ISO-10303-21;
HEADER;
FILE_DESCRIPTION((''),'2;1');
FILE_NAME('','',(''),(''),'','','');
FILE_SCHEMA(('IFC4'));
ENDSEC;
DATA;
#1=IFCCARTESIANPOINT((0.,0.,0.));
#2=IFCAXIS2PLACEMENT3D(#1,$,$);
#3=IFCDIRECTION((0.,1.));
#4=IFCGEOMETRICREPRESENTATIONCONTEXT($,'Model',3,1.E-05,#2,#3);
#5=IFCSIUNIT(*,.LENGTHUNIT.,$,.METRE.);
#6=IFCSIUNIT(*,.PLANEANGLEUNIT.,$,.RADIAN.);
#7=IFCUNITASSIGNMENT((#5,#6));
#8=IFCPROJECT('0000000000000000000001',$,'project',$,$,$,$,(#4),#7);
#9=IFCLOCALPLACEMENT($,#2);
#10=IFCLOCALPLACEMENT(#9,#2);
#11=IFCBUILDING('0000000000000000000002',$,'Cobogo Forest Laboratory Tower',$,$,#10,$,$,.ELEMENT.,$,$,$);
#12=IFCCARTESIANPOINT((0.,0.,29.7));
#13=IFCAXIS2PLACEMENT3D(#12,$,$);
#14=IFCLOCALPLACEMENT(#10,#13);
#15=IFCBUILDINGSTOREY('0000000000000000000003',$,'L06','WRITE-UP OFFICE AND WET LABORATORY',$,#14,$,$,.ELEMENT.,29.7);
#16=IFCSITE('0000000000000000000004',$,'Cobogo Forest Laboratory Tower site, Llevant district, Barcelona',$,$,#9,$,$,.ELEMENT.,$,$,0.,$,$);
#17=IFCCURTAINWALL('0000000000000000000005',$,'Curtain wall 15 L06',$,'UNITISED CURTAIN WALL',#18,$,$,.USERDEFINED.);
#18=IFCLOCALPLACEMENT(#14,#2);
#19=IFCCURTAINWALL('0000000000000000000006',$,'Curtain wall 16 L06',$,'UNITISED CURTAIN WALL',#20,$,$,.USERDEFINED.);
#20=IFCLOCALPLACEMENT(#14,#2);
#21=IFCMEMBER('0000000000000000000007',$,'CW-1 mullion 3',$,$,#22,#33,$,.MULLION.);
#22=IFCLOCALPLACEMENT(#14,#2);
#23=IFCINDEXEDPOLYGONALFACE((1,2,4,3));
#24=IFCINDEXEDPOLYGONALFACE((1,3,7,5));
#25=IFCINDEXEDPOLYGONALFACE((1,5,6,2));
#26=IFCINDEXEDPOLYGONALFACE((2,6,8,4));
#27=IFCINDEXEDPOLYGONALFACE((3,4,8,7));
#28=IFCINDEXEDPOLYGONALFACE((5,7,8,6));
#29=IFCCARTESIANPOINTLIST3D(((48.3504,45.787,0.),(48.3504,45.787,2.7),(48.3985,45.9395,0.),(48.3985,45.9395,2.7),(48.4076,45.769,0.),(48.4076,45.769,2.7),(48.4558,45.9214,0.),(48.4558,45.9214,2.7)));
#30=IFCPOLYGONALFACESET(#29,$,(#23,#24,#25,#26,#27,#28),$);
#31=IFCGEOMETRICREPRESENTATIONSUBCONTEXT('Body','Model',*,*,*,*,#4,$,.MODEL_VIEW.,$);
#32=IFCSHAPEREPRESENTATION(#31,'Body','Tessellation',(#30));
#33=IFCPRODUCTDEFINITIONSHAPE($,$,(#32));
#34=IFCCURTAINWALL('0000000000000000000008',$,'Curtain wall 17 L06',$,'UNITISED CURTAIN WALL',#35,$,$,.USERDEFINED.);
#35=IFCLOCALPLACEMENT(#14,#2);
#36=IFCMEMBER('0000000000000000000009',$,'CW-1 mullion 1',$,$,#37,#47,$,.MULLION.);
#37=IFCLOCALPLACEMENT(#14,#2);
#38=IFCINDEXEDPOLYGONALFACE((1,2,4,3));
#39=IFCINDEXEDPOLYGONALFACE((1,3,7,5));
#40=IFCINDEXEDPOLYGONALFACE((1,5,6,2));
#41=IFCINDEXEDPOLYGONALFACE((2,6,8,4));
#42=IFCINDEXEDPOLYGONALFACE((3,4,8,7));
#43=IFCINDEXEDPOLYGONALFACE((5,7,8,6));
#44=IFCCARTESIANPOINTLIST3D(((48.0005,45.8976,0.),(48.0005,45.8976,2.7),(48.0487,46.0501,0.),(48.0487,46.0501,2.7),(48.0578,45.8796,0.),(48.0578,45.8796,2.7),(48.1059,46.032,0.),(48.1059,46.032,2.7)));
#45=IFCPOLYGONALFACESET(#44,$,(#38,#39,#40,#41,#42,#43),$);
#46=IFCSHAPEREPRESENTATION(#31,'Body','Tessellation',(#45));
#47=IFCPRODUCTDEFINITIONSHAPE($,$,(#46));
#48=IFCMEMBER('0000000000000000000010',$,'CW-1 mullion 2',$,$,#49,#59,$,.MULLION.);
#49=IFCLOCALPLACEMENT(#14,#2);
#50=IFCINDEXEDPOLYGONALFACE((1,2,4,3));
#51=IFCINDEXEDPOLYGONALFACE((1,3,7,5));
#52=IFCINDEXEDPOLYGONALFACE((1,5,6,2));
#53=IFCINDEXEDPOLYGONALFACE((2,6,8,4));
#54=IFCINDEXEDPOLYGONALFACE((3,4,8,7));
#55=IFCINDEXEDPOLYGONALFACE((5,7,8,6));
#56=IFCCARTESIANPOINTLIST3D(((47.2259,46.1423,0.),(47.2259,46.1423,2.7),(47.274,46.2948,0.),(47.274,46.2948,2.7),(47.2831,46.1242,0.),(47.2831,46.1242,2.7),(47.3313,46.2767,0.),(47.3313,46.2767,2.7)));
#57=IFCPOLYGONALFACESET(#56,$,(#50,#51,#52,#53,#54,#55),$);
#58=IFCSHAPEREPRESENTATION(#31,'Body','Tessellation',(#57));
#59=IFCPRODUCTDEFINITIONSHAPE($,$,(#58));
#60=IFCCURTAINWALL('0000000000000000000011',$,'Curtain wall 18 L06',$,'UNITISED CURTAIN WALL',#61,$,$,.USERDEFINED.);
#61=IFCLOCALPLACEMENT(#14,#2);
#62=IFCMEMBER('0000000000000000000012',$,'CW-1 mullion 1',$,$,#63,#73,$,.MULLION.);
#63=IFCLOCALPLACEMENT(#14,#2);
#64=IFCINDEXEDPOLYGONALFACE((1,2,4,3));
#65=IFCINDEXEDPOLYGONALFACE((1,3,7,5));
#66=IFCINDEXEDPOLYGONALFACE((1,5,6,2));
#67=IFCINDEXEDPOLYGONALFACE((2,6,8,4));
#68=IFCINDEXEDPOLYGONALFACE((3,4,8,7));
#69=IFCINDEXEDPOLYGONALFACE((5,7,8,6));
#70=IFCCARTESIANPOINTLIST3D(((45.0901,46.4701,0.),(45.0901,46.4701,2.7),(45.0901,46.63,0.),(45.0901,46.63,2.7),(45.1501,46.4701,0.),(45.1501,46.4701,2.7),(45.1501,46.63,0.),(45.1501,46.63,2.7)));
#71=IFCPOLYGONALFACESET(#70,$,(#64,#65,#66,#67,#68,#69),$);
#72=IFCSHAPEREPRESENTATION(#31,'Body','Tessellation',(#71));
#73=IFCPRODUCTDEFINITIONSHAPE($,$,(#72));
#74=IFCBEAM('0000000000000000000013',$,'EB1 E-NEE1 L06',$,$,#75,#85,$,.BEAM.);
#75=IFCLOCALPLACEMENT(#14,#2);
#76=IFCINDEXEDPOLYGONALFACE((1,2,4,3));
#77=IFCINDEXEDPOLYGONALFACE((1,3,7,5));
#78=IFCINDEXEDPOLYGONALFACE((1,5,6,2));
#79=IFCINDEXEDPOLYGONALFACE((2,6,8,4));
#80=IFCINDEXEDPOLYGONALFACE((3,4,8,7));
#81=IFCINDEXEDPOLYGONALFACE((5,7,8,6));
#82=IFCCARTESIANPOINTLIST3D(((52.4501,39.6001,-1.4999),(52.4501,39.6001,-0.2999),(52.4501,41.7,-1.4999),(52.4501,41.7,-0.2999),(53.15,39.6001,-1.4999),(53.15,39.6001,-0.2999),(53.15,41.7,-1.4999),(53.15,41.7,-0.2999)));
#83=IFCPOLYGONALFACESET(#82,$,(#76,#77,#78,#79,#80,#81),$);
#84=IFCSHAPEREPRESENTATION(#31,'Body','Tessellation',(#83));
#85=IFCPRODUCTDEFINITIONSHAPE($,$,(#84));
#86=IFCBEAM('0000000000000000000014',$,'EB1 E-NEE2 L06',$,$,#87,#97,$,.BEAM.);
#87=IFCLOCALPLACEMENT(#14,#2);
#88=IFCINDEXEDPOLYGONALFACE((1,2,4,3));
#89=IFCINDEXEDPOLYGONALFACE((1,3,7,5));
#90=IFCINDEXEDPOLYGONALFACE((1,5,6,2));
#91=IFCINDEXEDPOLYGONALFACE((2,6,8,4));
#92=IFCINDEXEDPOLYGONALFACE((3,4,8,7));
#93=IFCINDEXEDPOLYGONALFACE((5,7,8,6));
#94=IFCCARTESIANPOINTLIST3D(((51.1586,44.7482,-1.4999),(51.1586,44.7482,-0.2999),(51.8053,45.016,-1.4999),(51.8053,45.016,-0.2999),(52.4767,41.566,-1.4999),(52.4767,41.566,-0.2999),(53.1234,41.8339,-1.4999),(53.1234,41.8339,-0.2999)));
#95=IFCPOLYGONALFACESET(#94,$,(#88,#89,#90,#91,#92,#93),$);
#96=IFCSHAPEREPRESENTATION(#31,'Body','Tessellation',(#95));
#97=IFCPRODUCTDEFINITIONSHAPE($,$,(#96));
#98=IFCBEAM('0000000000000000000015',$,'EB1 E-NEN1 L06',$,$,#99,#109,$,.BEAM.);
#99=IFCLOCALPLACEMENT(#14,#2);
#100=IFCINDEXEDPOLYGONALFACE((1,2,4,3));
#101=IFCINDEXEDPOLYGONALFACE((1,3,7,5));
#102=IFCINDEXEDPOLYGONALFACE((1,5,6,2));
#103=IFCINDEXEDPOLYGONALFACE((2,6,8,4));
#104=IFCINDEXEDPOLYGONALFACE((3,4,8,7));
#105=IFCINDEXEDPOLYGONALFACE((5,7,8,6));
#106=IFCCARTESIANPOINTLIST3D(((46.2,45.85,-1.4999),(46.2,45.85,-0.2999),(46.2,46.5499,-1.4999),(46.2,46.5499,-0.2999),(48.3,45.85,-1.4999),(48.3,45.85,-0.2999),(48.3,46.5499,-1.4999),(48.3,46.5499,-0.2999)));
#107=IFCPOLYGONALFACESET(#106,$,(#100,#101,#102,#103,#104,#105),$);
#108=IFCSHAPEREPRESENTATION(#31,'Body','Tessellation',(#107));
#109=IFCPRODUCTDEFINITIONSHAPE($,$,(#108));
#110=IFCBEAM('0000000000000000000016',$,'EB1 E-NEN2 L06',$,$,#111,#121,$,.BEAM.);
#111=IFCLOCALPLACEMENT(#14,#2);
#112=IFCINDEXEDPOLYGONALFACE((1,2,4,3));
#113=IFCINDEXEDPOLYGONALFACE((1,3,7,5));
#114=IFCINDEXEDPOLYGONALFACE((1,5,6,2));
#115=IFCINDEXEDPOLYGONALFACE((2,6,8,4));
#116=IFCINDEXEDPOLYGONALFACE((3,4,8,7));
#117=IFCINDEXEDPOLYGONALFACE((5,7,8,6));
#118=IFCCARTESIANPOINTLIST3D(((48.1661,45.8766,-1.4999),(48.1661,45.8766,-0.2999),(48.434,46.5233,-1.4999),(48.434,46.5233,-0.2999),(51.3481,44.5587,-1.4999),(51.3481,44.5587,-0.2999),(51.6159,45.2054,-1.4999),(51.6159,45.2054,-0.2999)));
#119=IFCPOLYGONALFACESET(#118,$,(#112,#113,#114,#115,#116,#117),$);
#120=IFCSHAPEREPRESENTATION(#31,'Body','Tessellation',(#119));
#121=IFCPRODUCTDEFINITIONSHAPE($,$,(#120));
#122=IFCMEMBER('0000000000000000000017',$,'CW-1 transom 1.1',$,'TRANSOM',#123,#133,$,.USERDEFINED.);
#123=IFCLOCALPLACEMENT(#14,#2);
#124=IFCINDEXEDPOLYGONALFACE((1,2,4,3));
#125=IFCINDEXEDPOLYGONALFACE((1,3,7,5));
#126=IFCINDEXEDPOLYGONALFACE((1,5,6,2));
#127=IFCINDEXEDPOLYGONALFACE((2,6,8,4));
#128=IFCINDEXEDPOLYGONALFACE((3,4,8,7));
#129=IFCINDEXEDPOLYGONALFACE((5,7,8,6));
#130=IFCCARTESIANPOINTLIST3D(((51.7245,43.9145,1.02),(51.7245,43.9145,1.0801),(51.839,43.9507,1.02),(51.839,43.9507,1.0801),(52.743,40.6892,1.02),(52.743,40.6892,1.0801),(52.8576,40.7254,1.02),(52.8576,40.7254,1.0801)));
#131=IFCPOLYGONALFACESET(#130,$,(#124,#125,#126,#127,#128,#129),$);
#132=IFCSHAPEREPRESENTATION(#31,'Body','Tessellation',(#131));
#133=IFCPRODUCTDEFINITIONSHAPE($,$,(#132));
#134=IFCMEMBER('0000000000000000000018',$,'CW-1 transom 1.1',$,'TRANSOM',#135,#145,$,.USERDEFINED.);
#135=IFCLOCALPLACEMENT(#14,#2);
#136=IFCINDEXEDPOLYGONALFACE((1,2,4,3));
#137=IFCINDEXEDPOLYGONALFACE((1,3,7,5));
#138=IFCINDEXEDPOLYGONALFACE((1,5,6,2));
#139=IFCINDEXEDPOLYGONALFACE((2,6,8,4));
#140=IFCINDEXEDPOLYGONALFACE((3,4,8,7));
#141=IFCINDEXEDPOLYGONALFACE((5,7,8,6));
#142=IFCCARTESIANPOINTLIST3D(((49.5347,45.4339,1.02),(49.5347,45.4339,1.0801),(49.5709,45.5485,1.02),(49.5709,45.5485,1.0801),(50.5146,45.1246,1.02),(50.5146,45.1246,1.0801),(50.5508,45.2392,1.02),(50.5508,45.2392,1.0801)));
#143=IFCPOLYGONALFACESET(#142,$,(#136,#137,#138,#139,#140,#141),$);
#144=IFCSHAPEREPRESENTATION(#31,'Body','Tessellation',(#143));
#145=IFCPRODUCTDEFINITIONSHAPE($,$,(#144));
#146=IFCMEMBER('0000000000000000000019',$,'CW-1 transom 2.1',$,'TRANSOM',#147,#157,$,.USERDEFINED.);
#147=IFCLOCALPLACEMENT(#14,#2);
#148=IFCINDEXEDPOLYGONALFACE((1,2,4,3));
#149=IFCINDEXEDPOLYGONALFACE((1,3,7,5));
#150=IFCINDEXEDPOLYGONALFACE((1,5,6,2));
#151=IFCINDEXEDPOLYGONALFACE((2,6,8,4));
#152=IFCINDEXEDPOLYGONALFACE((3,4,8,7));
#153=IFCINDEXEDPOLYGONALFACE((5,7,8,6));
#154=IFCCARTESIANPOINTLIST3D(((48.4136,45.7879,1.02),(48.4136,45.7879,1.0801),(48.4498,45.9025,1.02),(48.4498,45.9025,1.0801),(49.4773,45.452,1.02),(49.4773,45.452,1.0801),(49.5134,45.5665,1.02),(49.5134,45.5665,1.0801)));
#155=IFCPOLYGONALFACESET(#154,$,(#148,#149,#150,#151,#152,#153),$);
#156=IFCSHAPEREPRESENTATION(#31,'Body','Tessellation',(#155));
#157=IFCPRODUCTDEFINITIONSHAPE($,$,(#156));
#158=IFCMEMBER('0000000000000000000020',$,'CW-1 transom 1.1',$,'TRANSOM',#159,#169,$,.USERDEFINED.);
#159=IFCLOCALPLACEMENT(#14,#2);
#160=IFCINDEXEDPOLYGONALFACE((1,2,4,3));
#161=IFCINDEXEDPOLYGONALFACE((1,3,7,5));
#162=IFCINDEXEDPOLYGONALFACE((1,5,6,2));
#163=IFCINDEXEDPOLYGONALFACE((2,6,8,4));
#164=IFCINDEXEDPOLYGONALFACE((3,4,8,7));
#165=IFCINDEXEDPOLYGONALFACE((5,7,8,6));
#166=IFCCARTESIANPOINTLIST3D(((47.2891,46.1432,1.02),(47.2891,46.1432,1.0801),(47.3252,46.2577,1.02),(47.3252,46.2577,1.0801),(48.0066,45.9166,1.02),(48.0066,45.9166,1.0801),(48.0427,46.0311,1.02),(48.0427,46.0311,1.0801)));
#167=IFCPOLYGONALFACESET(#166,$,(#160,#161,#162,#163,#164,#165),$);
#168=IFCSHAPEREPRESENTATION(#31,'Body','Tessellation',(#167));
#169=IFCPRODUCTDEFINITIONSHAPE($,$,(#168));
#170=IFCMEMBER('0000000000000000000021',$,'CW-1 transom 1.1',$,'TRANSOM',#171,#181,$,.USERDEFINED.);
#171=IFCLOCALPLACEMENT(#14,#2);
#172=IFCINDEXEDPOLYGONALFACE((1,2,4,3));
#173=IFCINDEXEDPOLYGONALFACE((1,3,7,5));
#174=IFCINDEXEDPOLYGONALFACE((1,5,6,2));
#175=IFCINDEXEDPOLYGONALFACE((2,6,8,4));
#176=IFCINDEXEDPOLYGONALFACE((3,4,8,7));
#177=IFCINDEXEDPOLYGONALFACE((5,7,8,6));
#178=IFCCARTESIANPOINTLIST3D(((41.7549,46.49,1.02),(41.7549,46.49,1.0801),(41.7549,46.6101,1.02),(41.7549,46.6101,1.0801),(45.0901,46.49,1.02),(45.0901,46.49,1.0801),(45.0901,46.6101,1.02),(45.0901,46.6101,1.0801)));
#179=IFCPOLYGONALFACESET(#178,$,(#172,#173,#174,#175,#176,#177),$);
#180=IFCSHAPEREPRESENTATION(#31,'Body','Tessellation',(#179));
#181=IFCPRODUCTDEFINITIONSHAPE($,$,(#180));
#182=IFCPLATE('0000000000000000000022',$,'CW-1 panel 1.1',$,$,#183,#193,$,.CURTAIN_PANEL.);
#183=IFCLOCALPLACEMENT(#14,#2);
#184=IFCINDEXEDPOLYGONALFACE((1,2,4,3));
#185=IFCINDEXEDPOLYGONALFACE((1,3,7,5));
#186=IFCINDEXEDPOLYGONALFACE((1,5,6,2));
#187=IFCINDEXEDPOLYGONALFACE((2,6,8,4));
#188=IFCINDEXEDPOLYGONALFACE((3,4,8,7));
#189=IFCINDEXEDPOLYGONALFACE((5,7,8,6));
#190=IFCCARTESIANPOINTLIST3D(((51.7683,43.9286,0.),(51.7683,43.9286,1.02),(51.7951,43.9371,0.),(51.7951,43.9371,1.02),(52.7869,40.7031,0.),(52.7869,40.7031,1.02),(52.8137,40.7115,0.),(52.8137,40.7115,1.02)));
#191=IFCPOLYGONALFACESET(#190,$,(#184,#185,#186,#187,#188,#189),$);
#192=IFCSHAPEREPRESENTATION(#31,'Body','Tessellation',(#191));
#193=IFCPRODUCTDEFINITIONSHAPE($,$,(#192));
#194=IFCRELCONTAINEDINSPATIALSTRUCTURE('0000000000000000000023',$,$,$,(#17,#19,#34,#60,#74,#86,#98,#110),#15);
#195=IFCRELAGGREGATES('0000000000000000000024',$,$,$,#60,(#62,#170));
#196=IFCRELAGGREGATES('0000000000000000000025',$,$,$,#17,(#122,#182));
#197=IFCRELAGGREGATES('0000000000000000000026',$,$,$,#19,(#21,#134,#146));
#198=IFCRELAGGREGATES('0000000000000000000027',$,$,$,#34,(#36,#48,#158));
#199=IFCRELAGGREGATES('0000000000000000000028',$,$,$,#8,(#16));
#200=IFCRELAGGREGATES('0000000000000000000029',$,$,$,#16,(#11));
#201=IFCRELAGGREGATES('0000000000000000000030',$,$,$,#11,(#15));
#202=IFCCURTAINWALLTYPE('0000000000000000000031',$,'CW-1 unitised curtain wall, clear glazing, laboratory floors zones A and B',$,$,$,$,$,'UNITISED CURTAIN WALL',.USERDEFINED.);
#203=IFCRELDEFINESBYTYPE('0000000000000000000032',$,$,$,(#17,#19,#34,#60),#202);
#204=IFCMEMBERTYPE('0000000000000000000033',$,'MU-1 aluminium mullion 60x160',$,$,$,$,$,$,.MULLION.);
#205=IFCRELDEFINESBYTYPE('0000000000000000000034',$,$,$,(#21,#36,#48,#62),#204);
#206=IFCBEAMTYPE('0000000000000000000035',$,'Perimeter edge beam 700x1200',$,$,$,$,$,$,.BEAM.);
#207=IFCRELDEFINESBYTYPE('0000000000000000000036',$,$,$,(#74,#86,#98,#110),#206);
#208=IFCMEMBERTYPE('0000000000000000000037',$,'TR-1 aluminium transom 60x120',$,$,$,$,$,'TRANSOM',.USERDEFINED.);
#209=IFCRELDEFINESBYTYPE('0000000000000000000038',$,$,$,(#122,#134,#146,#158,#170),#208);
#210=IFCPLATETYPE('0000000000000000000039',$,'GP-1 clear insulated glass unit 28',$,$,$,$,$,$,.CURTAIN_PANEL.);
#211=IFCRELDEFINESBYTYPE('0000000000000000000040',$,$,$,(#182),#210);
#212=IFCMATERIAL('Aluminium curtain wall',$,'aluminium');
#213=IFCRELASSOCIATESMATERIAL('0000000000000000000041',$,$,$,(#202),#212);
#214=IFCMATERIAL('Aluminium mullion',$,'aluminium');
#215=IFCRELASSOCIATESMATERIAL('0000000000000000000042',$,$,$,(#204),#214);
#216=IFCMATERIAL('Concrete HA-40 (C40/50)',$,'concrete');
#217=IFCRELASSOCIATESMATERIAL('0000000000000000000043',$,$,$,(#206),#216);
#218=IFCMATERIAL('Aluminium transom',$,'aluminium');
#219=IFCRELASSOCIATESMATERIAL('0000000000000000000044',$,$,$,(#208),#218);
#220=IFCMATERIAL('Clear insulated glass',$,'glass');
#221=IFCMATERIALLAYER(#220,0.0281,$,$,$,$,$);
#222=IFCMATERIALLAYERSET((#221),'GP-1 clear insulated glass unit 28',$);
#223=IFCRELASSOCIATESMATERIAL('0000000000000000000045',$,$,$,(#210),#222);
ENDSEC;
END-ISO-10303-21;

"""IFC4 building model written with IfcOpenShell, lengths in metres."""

from ifc_helpers import new_model, si_unit, direction, frame, origin, origin_2d, place, context, subcontext, project, spatial, rectangle, extrude, material, layer, layer_set, material_profile, profile_set, type_object, element, aggregate, save


model = new_model("IFC4")

# Units and contexts
model_context = context("Model", 3, precision=1e-05, world=origin(), true_north=direction((0.0, 1.0)))
body_context = subcontext(model_context, "Body", "Model", "MODEL_VIEW")
ifc_project = project(units=[si_unit("LENGTHUNIT", "METRE"), si_unit("PLANEANGLEUNIT", "RADIAN")], contexts=[model_context])

# Site, building, storey
site_placement = place(None, origin())
site = spatial("IfcSite", under=ifc_project, at=site_placement, Name="Cobogo Forest Laboratory Tower site, Llevant district, Barcelona", CompositionType="ELEMENT", RefElevation=0.0)
building_placement = place(site_placement, origin())
building = spatial("IfcBuilding", under=site, at=building_placement, Name="Cobogo Forest Laboratory Tower", CompositionType="ELEMENT")
storey_placement = place(building_placement, frame((0.0, 0.0, 29.7)))
storey = spatial("IfcBuildingStorey", under=building, at=storey_placement, Name="L06", Description="WRITE-UP OFFICE AND WET LABORATORY", CompositionType="ELEMENT", Elevation=29.7)

# Shared definitions
ifc_material_1 = material(Name="Concrete HA-40 (C40/50)", Category="concrete")

# Curtain walls, members
ifc_material_2 = material(Name="Aluminium curtain wall", Category="aluminium")
curtain_wall_type = type_object("IfcCurtainWallType", Name="CW-1 unitised curtain wall, clear glazing, laboratory floors zones A and B", ElementType="UNITISED CURTAIN WALL", PredefinedType="USERDEFINED", material=ifc_material_2)
curtain_wall_1_placement = place(storey_placement, origin())
curtain_wall_1 = element("IfcCurtainWall", 1, at=curtain_wall_1_placement, inside=storey, type_object=curtain_wall_type, Name="Curtain wall 15 L06", ObjectType="UNITISED CURTAIN WALL", PredefinedType="USERDEFINED")
ifc_material_3 = material(Name="Aluminium mullion", Category="aluminium")
ifc_material_profile_1 = material_profile(ifc_material_3, rectangle(XDim=0.0601, YDim=0.1599, at=origin_2d()), Name="AL 60x160")
ifc_profile_set_1 = profile_set([ifc_material_profile_1], Name="Aluminium mullion")
member_type_1 = type_object("IfcMemberType", Name="MU-1 aluminium mullion 60x160", PredefinedType="MULLION", material=ifc_profile_set_1)
curtain_wall_2_placement = place(storey_placement, origin())
curtain_wall_2 = element("IfcCurtainWall", 2, at=curtain_wall_2_placement, inside=storey, type_object=curtain_wall_type, Name="Curtain wall 16 L06", ObjectType="UNITISED CURTAIN WALL", PredefinedType="USERDEFINED")
member_1_placement = place(storey_placement, frame((48.4031, 45.8542, 0.0), z_axis=(0.0, 0.0, 1.0), x_axis=(-0.953581, 0.301135, 0.0)))
member_1 = element("IfcMember", 3, at=member_1_placement, type_object=member_type_1, Name="CW-1 mullion 3", PredefinedType="MULLION", context=body_context, shape_type="SweptSolid", body=[
    extrude(rectangle(XDim=0.0601, YDim=0.1599, at=origin_2d()), origin(), (0.0, 0.0, 1.0), 2.7),
])
curtain_wall_3_placement = place(storey_placement, origin())
curtain_wall_3 = element("IfcCurtainWall", 4, at=curtain_wall_3_placement, inside=storey, type_object=curtain_wall_type, Name="Curtain wall 17 L06", ObjectType="UNITISED CURTAIN WALL", PredefinedType="USERDEFINED")
member_2_placement = place(storey_placement, frame((48.0532, 45.9648, 0.0), z_axis=(0.0, 0.0, 1.0), x_axis=(-0.953582, 0.301135, 0.0)))
member_2 = element("IfcMember", 5, at=member_2_placement, type_object=member_type_1, Name="CW-1 mullion 1", PredefinedType="MULLION", context=body_context, shape_type="SweptSolid", body=[
    extrude(rectangle(XDim=0.0601, YDim=0.1599, at=origin_2d()), origin(), (0.0, 0.0, 1.0), 2.7),
])
member_3_placement = place(storey_placement, frame((47.2786, 46.2095, 0.0), z_axis=(0.0, 0.0, 1.0), x_axis=(-0.953582, 0.301135, 0.0)))
member_3 = element("IfcMember", 6, at=member_3_placement, type_object=member_type_1, Name="CW-1 mullion 2", PredefinedType="MULLION", context=body_context, shape_type="SweptSolid", body=[
    extrude(rectangle(XDim=0.0601, YDim=0.1599, at=origin_2d()), origin(), (0.0, 0.0, 1.0), 2.7),
])

# Curtain wall, member
curtain_wall_4_placement = place(storey_placement, origin())
curtain_wall_4 = element("IfcCurtainWall", 7, at=curtain_wall_4_placement, inside=storey, type_object=curtain_wall_type, Name="Curtain wall 18 L06", ObjectType="UNITISED CURTAIN WALL", PredefinedType="USERDEFINED")
member_4_placement = place(storey_placement, frame((45.1201, 46.55, 0.0), z_axis=(0.0, 0.0, 1.0), x_axis=(-1.0, 0.0, 0.0)))
member_4 = element("IfcMember", 8, at=member_4_placement, type_object=member_type_1, Name="CW-1 mullion 1", PredefinedType="MULLION", context=body_context, shape_type="SweptSolid", body=[
    extrude(rectangle(XDim=0.0601, YDim=0.1599, at=origin_2d()), origin(), (0.0, 0.0, 1.0), 2.7),
])

# Beams
ifc_material_profile_2 = material_profile(ifc_material_1, rectangle(XDim=0.7, YDim=1.2, at=origin_2d()), Name="RC 700x1200")
ifc_profile_set_2 = profile_set([ifc_material_profile_2], Name="Concrete HA-40 (C40/50)")
beam_type_1 = type_object("IfcBeamType", Name="Perimeter edge beam 700x1200", PredefinedType="BEAM", material=ifc_profile_set_2)
beam_1_placement = place(storey_placement, frame((52.8, 39.6001, -0.8999), z_axis=(0.0, 1.0, 0.0), x_axis=(-1.0, 0.0, 0.0)))
element("IfcBeam", 9, at=beam_1_placement, inside=storey, type_object=beam_type_1, Name="EB1 E-NEE1 L06", PredefinedType="BEAM", context=body_context, shape_type="SweptSolid", body=[
    extrude(rectangle(XDim=0.7, YDim=1.2, at=origin_2d()), origin(), (0.0, 0.0, 1.0), 2.0999),
])
beam_2_placement = place(storey_placement, frame((52.8, 41.7, -0.8999), z_axis=(-0.382692, 0.923876, 0.0), x_axis=(-0.923876, -0.382692, 0.0)))
element("IfcBeam", 10, at=beam_2_placement, inside=storey, type_object=beam_type_1, Name="EB1 E-NEE2 L06", PredefinedType="BEAM", context=body_context, shape_type="SweptSolid", body=[
    extrude(rectangle(XDim=0.7, YDim=1.2, at=origin_2d()), origin(), (0.0, 0.0, 1.0), 3.4443),
])
beam_3_placement = place(storey_placement, frame((46.2, 46.2, -0.8999), z_axis=(1.0, 0.0, 0.0), x_axis=(0.0, 1.0, 0.0)))
element("IfcBeam", 11, at=beam_3_placement, inside=storey, type_object=beam_type_1, Name="EB1 E-NEN1 L06", PredefinedType="BEAM", context=body_context, shape_type="SweptSolid", body=[
    extrude(rectangle(XDim=0.7, YDim=1.2, at=origin_2d()), origin(), (0.0, 0.0, 1.0), 2.1001),
])
beam_4_placement = place(storey_placement, frame((48.3, 46.2, -0.8999), z_axis=(0.923891, -0.382656, 0.0), x_axis=(0.382656, 0.923891, 0.0)))
element("IfcBeam", 12, at=beam_4_placement, inside=storey, type_object=beam_type_1, Name="EB1 E-NEN2 L06", PredefinedType="BEAM", context=body_context, shape_type="SweptSolid", body=[
    extrude(rectangle(XDim=0.7, YDim=1.2, at=origin_2d()), origin(), (0.0, 0.0, 1.0), 3.4441),
])

# Members
ifc_material_4 = material(Name="Aluminium transom", Category="aluminium")
ifc_material_profile_3 = material_profile(ifc_material_4, rectangle(XDim=0.1201, YDim=0.0601, at=origin_2d()), Name="AL 60x120")
ifc_profile_set_3 = profile_set([ifc_material_profile_3], Name="Aluminium transom")
member_type_2 = type_object("IfcMemberType", Name="TR-1 aluminium transom 60x120", ElementType="TRANSOM", PredefinedType="USERDEFINED", material=ifc_profile_set_3)
member_5_placement = place(storey_placement, frame((52.8003, 40.7073, 1.05), z_axis=(-0.301138, 0.95358, 0.0), x_axis=(-0.95358, -0.301138, 0.0)))
member_5 = element("IfcMember", 13, at=member_5_placement, type_object=member_type_2, Name="CW-1 transom 1.1", ObjectType="TRANSOM", PredefinedType="USERDEFINED", context=body_context, shape_type="SweptSolid", body=[
    extrude(rectangle(XDim=0.1201, YDim=0.0601, at=origin_2d()), origin(), (0.0, 0.0, 1.0), 3.3823),
])
member_6_placement = place(storey_placement, frame((50.5327, 45.1819, 1.05), z_axis=(-0.953622, 0.301006, 0.0), x_axis=(-0.301006, -0.953622, 0.0)))
member_6 = element("IfcMember", 14, at=member_6_placement, type_object=member_type_2, Name="CW-1 transom 1.1", ObjectType="TRANSOM", PredefinedType="USERDEFINED", context=body_context, shape_type="SweptSolid", body=[
    extrude(rectangle(XDim=0.1201, YDim=0.0601, at=origin_2d()), origin(), (0.0, 0.0, 1.0), 1.0276),
])
member_7_placement = place(storey_placement, frame((49.4954, 45.5093, 1.05), z_axis=(-0.953576, 0.301152, 0.0), x_axis=(-0.301152, -0.953576, 0.0)))
member_7 = element("IfcMember", 15, at=member_7_placement, type_object=member_type_2, Name="CW-1 transom 2.1", ObjectType="TRANSOM", PredefinedType="USERDEFINED", context=body_context, shape_type="SweptSolid", body=[
    extrude(rectangle(XDim=0.1201, YDim=0.0601, at=origin_2d()), origin(), (0.0, 0.0, 1.0), 1.1155),
])
member_8_placement = place(storey_placement, frame((48.0247, 45.9739, 1.05), z_axis=(-0.953592, 0.3011, 0.0), x_axis=(-0.3011, -0.953592, 0.0)))
member_8 = element("IfcMember", 16, at=member_8_placement, type_object=member_type_2, Name="CW-1 transom 1.1", ObjectType="TRANSOM", PredefinedType="USERDEFINED", context=body_context, shape_type="SweptSolid", body=[
    extrude(rectangle(XDim=0.1201, YDim=0.0601, at=origin_2d()), origin(), (0.0, 0.0, 1.0), 0.7524),
])
member_9_placement = place(storey_placement, frame((45.0901, 46.55, 1.05), z_axis=(-1.0, 0.0, 0.0), x_axis=(0.0, -1.0, 0.0)))
member_9 = element("IfcMember", 17, at=member_9_placement, type_object=member_type_2, Name="CW-1 transom 1.1", ObjectType="TRANSOM", PredefinedType="USERDEFINED", context=body_context, shape_type="SweptSolid", body=[
    extrude(rectangle(XDim=0.1201, YDim=0.0601, at=origin_2d()), origin(), (0.0, 0.0, 1.0), 3.3352),
])
aggregate(curtain_wall_4, [member_4, member_9])

# Plate
ifc_material_5 = material(Name="Clear insulated glass", Category="glass")
ifc_layer_1 = layer(ifc_material_5, 0.0281)
ifc_layer_set_1 = layer_set([ifc_layer_1], Name="GP-1 clear insulated glass unit 28")
plate_type = type_object("IfcPlateType", Name="GP-1 clear insulated glass unit 28", PredefinedType="CURTAIN_PANEL", material=ifc_layer_set_1)
plate_1_placement = place(storey_placement, frame((52.291, 42.3201, 0.0), z_axis=(0.0, 0.0, 1.0), x_axis=(-0.301135, 0.953581, 0.0)))
plate_1 = element("IfcPlate", 18, at=plate_1_placement, type_object=plate_type, Name="CW-1 panel 1.1", PredefinedType="CURTAIN_PANEL", context=body_context, shape_type="SweptSolid", body=[
    extrude(rectangle(XDim=3.3826, YDim=0.0281, at=origin_2d()), origin(), (0.0, 0.0, 1.0), 1.02),
])
aggregate(curtain_wall_1, [member_5, plate_1])
aggregate(curtain_wall_2, [member_1, member_6, member_7])
aggregate(curtain_wall_3, [member_2, member_3, member_8])

save(model, "model.ifc")
